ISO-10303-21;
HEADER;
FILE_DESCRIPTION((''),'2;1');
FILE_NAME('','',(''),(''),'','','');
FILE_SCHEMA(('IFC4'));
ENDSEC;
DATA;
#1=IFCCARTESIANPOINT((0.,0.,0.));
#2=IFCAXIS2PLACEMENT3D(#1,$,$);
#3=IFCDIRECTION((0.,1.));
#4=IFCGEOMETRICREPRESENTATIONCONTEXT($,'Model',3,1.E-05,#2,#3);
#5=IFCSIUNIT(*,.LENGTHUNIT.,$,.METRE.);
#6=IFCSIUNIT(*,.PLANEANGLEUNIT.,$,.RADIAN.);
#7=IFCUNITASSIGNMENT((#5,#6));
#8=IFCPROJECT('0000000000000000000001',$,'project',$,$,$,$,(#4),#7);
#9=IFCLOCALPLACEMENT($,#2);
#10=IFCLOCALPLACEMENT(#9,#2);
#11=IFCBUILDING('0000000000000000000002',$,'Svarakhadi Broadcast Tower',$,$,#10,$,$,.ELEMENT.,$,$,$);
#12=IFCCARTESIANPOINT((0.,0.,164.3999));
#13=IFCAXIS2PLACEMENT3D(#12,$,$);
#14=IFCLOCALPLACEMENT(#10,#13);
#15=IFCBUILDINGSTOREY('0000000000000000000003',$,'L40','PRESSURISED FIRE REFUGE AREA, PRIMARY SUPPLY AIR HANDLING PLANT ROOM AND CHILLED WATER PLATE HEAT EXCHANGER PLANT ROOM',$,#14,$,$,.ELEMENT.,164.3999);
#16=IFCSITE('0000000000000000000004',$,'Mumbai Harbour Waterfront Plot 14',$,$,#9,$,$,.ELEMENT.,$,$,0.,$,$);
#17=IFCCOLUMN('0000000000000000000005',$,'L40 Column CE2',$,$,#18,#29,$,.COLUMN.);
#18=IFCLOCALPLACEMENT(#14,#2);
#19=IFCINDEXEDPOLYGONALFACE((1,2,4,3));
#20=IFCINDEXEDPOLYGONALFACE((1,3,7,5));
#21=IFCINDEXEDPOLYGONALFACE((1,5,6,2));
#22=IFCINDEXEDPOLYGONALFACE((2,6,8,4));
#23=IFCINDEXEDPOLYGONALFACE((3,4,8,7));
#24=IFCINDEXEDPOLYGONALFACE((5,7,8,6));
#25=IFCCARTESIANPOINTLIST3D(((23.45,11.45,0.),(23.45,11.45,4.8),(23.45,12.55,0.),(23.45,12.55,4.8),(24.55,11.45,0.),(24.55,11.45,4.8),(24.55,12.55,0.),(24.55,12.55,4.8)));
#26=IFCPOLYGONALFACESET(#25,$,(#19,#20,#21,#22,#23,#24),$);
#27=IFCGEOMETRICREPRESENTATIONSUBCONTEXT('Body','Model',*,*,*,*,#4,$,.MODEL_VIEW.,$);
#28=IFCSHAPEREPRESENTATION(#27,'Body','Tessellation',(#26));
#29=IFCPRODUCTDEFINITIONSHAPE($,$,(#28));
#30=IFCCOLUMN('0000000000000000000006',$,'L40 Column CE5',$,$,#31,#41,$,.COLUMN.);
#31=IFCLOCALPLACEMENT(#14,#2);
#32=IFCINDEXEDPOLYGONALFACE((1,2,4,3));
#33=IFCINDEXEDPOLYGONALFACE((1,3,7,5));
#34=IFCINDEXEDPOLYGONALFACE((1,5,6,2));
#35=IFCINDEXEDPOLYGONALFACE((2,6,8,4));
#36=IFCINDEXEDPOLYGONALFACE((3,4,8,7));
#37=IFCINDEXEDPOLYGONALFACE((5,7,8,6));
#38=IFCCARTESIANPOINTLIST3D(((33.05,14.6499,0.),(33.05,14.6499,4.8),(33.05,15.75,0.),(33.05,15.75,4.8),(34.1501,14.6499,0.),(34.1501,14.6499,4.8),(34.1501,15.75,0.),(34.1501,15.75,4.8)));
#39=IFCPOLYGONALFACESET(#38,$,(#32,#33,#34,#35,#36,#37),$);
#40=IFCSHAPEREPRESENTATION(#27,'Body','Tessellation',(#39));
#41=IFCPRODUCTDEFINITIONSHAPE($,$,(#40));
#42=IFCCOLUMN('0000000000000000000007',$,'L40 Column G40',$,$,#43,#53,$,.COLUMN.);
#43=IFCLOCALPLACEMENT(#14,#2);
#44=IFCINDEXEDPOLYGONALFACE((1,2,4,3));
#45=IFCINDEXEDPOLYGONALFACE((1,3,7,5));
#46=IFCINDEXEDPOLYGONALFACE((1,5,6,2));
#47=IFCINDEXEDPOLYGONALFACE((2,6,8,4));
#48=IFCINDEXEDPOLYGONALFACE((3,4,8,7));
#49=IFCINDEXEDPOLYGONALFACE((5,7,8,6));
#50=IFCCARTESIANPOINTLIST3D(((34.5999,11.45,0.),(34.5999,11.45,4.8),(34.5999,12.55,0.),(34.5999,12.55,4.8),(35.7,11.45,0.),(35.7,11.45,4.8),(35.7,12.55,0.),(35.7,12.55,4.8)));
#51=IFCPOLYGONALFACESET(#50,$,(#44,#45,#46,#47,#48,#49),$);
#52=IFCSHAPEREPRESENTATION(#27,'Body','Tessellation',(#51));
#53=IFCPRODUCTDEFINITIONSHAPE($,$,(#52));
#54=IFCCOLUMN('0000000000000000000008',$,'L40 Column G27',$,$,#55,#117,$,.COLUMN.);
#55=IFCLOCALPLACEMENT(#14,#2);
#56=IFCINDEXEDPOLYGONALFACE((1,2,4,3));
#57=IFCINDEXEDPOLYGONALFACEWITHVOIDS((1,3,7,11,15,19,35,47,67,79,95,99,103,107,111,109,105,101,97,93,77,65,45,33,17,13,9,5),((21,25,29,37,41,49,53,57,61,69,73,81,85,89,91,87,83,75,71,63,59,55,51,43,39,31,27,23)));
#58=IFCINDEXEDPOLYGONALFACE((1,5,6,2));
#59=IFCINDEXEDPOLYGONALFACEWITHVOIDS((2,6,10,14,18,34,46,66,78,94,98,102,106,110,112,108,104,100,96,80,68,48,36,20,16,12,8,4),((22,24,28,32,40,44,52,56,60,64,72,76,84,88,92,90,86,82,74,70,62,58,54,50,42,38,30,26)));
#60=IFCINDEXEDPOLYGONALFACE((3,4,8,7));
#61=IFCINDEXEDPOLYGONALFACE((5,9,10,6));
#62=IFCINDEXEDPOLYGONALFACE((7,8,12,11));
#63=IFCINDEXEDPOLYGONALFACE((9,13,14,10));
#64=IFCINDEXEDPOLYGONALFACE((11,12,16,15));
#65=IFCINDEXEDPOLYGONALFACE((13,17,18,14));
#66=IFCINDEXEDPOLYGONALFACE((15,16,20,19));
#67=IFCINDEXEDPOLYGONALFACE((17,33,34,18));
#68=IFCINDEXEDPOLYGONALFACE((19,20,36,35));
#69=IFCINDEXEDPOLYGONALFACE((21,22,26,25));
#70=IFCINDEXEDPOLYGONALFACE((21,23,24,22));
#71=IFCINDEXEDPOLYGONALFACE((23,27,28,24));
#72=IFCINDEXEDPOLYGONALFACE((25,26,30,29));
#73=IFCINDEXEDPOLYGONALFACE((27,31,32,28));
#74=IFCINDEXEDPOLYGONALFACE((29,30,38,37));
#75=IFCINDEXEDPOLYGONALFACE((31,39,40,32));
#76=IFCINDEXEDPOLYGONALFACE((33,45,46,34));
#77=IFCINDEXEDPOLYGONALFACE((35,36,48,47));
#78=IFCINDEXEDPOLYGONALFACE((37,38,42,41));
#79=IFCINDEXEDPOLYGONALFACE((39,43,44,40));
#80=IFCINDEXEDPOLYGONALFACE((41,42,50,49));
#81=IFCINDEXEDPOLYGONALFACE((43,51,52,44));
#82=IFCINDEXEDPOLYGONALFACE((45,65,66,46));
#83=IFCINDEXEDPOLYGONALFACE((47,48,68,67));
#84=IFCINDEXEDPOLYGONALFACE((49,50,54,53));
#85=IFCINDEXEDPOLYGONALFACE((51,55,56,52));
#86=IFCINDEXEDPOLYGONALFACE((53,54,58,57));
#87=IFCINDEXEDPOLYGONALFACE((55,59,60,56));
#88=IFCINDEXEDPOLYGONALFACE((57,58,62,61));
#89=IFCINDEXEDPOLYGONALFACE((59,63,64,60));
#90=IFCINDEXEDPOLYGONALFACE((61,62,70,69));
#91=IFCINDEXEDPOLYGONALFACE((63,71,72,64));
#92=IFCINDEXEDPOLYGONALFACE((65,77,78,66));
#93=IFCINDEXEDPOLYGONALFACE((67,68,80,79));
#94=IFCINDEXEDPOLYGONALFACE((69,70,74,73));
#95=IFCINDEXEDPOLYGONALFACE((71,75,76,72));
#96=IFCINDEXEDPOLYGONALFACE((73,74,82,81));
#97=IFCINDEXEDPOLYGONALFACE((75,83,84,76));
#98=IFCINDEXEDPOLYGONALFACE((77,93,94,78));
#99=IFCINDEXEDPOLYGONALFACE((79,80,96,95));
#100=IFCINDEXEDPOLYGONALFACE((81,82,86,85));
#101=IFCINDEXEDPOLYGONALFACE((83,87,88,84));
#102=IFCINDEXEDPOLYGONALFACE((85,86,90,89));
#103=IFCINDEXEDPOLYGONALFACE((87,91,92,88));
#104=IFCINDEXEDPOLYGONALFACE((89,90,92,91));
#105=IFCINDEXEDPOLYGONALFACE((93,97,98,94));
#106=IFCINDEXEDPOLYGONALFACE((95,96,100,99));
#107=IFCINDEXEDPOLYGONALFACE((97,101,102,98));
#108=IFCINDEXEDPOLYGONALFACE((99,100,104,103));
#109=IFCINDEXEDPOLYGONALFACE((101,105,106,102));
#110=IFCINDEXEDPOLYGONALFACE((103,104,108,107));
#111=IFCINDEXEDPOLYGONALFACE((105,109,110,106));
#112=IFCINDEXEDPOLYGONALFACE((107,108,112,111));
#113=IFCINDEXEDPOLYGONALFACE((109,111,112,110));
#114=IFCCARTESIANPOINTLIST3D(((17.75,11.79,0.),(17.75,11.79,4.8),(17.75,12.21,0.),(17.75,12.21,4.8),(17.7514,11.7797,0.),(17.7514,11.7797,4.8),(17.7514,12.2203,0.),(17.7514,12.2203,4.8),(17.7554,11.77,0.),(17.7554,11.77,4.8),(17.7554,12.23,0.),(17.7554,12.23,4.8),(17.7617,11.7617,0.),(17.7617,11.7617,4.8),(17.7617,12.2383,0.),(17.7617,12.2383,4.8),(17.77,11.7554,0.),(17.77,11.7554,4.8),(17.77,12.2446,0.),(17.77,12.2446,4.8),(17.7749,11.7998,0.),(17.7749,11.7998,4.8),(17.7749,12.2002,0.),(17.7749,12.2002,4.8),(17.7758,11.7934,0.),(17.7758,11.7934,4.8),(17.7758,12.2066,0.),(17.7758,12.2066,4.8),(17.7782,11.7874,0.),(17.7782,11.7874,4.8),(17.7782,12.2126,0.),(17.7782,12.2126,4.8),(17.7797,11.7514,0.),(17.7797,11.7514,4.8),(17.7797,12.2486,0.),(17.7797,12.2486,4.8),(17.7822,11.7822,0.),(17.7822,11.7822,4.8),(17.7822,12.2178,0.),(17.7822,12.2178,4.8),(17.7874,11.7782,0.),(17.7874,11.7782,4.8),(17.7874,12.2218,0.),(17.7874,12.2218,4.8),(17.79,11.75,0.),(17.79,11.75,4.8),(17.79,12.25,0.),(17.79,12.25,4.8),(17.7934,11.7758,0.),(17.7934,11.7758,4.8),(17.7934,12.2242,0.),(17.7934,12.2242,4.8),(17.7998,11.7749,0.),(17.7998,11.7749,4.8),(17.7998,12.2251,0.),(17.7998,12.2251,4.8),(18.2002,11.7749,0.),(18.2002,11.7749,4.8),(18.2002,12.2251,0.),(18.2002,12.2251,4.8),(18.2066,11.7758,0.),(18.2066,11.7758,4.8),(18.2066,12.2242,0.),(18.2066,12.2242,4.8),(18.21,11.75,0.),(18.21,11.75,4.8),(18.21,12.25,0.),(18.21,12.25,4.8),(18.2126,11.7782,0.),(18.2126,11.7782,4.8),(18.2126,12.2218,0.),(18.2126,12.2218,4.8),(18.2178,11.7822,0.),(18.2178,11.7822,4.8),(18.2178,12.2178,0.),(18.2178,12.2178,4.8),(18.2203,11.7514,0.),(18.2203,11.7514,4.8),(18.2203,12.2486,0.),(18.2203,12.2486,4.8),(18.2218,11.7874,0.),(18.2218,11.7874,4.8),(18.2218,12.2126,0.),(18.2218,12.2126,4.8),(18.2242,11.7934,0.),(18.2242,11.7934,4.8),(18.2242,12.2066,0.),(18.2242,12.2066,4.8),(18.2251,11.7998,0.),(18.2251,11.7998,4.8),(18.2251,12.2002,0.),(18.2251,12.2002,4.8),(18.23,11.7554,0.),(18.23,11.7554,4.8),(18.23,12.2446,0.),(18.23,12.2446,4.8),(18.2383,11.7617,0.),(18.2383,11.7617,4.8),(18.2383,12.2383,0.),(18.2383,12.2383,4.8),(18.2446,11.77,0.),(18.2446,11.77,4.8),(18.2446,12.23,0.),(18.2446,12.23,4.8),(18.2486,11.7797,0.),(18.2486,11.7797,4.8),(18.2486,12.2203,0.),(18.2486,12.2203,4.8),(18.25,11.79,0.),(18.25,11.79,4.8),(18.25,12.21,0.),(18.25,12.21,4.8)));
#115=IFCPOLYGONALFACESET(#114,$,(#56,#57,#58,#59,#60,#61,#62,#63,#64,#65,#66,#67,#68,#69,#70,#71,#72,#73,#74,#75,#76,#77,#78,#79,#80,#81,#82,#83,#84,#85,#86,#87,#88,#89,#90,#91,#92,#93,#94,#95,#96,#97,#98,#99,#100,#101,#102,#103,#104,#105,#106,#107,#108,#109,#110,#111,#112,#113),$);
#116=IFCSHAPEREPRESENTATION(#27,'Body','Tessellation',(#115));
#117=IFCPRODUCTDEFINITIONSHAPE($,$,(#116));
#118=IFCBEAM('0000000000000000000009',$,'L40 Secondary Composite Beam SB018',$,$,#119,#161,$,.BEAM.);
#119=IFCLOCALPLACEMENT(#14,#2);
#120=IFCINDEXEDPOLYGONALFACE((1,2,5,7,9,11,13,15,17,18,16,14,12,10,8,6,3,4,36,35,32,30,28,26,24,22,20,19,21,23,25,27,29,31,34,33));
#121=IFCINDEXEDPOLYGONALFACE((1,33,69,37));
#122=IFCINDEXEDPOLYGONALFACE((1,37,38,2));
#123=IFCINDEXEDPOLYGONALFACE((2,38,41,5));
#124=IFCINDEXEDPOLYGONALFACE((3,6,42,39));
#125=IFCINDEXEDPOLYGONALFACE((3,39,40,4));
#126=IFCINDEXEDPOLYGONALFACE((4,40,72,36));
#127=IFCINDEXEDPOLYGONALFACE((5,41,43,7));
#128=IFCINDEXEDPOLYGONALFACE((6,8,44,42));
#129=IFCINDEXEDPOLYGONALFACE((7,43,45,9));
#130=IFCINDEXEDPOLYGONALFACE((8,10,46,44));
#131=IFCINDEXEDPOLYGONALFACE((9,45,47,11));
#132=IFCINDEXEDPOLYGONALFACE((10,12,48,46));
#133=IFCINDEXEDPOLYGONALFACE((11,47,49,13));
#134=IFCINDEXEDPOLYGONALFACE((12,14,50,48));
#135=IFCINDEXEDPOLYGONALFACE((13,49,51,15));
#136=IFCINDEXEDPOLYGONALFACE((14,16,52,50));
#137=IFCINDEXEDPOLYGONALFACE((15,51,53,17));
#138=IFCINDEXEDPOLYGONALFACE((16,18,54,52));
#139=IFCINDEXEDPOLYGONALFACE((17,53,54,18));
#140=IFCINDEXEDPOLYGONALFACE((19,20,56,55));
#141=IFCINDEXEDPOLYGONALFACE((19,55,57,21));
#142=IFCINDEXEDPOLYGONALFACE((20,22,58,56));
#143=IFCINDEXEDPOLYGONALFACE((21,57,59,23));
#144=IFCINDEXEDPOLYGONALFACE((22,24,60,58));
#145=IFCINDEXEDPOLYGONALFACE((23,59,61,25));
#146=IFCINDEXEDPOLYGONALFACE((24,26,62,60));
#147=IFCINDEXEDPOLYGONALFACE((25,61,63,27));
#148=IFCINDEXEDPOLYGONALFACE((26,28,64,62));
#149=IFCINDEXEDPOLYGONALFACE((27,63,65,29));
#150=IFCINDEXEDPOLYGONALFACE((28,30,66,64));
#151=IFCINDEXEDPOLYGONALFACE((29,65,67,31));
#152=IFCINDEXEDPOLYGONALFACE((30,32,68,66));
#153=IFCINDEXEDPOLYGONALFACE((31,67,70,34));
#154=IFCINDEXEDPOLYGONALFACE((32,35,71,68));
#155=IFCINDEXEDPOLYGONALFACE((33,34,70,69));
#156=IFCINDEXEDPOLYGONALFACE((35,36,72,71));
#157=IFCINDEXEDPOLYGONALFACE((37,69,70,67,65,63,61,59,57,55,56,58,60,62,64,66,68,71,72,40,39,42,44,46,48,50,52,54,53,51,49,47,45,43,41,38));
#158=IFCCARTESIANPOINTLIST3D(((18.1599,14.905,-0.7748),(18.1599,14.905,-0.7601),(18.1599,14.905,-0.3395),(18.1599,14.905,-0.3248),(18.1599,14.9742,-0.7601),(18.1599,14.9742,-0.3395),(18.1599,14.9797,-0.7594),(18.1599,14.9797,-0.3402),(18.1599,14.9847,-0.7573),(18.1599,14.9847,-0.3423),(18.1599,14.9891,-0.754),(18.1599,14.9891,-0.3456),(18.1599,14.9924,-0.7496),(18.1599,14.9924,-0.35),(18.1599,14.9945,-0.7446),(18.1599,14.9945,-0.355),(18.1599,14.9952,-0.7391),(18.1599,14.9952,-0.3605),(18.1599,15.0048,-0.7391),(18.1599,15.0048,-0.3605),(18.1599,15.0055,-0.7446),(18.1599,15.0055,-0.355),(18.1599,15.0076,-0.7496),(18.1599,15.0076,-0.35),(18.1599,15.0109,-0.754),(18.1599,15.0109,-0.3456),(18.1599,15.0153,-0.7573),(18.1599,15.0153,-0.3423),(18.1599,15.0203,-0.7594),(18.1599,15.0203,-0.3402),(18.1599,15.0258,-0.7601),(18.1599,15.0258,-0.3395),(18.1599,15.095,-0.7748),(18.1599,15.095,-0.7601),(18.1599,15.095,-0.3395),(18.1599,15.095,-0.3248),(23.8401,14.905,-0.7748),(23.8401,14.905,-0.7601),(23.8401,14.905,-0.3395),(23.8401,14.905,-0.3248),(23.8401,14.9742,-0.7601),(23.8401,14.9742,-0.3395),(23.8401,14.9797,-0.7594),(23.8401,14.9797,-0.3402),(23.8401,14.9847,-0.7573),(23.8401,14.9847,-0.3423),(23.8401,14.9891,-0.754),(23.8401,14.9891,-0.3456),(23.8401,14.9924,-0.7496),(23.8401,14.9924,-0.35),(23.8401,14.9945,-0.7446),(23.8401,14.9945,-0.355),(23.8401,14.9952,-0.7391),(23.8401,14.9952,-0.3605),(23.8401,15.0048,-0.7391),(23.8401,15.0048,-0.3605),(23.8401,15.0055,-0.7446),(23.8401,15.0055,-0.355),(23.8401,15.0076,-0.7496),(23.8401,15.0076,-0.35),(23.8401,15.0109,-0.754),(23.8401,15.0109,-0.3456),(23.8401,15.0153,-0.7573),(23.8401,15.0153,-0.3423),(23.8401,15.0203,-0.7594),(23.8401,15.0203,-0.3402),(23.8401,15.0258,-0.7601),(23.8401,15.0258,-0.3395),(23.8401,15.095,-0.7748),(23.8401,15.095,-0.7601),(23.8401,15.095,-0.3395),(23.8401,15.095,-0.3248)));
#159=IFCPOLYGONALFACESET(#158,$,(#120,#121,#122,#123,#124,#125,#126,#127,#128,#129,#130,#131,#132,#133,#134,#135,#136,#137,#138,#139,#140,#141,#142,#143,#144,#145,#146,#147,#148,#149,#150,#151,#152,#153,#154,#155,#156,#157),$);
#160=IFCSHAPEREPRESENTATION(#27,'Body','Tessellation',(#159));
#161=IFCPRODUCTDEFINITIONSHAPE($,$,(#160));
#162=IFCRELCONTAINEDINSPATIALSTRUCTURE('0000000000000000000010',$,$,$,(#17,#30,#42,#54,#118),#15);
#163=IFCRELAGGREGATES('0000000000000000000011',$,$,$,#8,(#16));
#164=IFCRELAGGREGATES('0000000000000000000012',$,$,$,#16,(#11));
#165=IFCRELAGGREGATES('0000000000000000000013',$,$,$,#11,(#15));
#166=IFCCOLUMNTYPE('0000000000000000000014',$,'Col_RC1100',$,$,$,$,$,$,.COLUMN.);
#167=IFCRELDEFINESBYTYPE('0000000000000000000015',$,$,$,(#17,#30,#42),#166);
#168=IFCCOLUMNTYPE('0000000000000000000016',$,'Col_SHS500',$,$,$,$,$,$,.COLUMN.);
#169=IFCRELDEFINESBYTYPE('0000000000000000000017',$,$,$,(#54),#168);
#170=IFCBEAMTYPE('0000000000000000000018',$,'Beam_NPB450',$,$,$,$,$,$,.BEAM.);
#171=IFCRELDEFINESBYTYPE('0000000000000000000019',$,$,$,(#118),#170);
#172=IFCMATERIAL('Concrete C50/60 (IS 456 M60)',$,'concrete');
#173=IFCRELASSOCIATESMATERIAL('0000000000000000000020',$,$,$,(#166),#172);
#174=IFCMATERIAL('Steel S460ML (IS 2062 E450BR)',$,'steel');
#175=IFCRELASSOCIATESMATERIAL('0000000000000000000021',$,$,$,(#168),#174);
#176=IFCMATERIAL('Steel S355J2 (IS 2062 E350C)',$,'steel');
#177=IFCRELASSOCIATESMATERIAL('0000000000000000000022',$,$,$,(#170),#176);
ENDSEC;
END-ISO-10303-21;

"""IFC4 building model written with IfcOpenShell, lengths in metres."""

from ifc_helpers import new_model, si_unit, direction, frame, origin, origin_2d, place, context, subcontext, project, spatial, rectangle, hollow_rectangle, i_section, extrude, material, material_profile, profile_set, type_object, element, save


model = new_model("IFC4")

# Units and contexts
model_context = context("Model", 3, precision=1e-05, world=origin(), true_north=direction((0.0, 1.0)))
body_context = subcontext(model_context, "Body", "Model", "MODEL_VIEW")
ifc_project = project(units=[si_unit("LENGTHUNIT", "METRE"), si_unit("PLANEANGLEUNIT", "RADIAN")], contexts=[model_context])

# Site, building, storey
site_placement = place(None, origin())
site = spatial("IfcSite", under=ifc_project, at=site_placement, Name="Mumbai Harbour Waterfront Plot 14", CompositionType="ELEMENT", RefElevation=0.0)
building_placement = place(site_placement, origin())
building = spatial("IfcBuilding", under=site, at=building_placement, Name="Svarakhadi Broadcast Tower", CompositionType="ELEMENT")
storey_placement = place(building_placement, frame((0.0, 0.0, 164.3999)))
storey = spatial("IfcBuildingStorey", under=building, at=storey_placement, Name="L40", Description="PRESSURISED FIRE REFUGE AREA, PRIMARY SUPPLY AIR HANDLING PLANT ROOM AND CHILLED WATER PLATE HEAT EXCHANGER PLANT ROOM", CompositionType="ELEMENT", Elevation=164.3999)

# Columns
ifc_material_1 = material(Name="Concrete C50/60 (IS 456 M60)", Category="concrete")
ifc_material_profile_1 = material_profile(ifc_material_1, rectangle(XDim=1.1001, YDim=1.1001, at=origin_2d()), Name="RC 1100x1100")
ifc_profile_set_1 = profile_set([ifc_material_profile_1], Name="Concrete C50/60 (IS 456 M60)")
column_type_1 = type_object("IfcColumnType", Name="Col_RC1100", PredefinedType="COLUMN", material=ifc_profile_set_1)
for number, where, z_axis, x_axis, name in (
    (1, (24.0, 12.0, 0.0), (0.0, 0.0, 1.0), (1.0, 0.0, 0.0), "L40 Column CE2"),
    (2, (33.6001, 15.2, 0.0), (0.0, 0.0, 1.0), (1.0, 0.0, 0.0), "L40 Column CE5"),
    (3, (35.1499, 12.0, 0.0), (0.0, 0.0, 1.0), (1.0, 0.0, 0.0), "L40 Column G40"),
):
    element("IfcColumn", number, at=place(storey_placement, frame(where, z_axis=z_axis, x_axis=x_axis)), inside=storey, type_object=column_type_1, Name=name, PredefinedType="COLUMN", context=body_context, shape_type="SweptSolid", body=[
        extrude(rectangle(XDim=1.1001, YDim=1.1001, at=origin_2d()), origin(), (0.0, 0.0, 1.0), 4.8),
    ])
ifc_material_2 = material(Name="Steel S460ML (IS 2062 E450BR)", Category="steel")
ifc_material_profile_2 = material_profile(ifc_material_2, hollow_rectangle(XDim=0.5, YDim=0.5, WallThickness=0.0249, InnerFilletRadius=0.0249, OuterFilletRadius=0.04, at=origin_2d()), Name="SHS 500x500x25")
ifc_profile_set_2 = profile_set([ifc_material_profile_2], Name="Steel S460ML (IS 2062 E450BR)")
column_type_2 = type_object("IfcColumnType", Name="Col_SHS500", PredefinedType="COLUMN", material=ifc_profile_set_2)
column_placement = place(storey_placement, frame((18.0, 12.0, 0.0), z_axis=(0.0, 0.0, 1.0), x_axis=(1.0, 0.0, 0.0)))
element("IfcColumn", 4, at=column_placement, inside=storey, type_object=column_type_2, Name="L40 Column G27", PredefinedType="COLUMN", context=body_context, shape_type="SweptSolid", body=[
    extrude(hollow_rectangle(XDim=0.5, YDim=0.5, WallThickness=0.0249, InnerFilletRadius=0.0249, OuterFilletRadius=0.04, at=origin_2d()), origin(), (0.0, 0.0, 1.0), 4.8),
])

# Beam
ifc_material_3 = material(Name="Steel S355J2 (IS 2062 E350C)", Category="steel")
ifc_material_profile_3 = material_profile(ifc_material_3, i_section(OverallWidth=0.1899, OverallDepth=0.45, WebThickness=0.0095, FlangeThickness=0.0146, FilletRadius=0.021, at=origin_2d()), Name="NPB 450x190x78")
ifc_profile_set_3 = profile_set([ifc_material_profile_3], Name="Steel S355J2 (IS 2062 E350C)")
beam_type_1 = type_object("IfcBeamType", Name="Beam_NPB450", PredefinedType="BEAM", material=ifc_profile_set_3)
beam_1_placement = place(storey_placement, frame((18.1599, 15.0, -0.5498), z_axis=(1.0, 0.0, 0.0), x_axis=(0.0, 1.0, 0.0)))
element("IfcBeam", 5, at=beam_1_placement, inside=storey, type_object=beam_type_1, Name="L40 Secondary Composite Beam SB018", PredefinedType="BEAM", context=body_context, shape_type="SweptSolid", body=[
    extrude(i_section(OverallWidth=0.1899, OverallDepth=0.45, WebThickness=0.0095, FlangeThickness=0.0146, FilletRadius=0.021, at=origin_2d()), origin(), (0.0, 0.0, 1.0), 5.6802),
])

save(model, "model.ifc")
